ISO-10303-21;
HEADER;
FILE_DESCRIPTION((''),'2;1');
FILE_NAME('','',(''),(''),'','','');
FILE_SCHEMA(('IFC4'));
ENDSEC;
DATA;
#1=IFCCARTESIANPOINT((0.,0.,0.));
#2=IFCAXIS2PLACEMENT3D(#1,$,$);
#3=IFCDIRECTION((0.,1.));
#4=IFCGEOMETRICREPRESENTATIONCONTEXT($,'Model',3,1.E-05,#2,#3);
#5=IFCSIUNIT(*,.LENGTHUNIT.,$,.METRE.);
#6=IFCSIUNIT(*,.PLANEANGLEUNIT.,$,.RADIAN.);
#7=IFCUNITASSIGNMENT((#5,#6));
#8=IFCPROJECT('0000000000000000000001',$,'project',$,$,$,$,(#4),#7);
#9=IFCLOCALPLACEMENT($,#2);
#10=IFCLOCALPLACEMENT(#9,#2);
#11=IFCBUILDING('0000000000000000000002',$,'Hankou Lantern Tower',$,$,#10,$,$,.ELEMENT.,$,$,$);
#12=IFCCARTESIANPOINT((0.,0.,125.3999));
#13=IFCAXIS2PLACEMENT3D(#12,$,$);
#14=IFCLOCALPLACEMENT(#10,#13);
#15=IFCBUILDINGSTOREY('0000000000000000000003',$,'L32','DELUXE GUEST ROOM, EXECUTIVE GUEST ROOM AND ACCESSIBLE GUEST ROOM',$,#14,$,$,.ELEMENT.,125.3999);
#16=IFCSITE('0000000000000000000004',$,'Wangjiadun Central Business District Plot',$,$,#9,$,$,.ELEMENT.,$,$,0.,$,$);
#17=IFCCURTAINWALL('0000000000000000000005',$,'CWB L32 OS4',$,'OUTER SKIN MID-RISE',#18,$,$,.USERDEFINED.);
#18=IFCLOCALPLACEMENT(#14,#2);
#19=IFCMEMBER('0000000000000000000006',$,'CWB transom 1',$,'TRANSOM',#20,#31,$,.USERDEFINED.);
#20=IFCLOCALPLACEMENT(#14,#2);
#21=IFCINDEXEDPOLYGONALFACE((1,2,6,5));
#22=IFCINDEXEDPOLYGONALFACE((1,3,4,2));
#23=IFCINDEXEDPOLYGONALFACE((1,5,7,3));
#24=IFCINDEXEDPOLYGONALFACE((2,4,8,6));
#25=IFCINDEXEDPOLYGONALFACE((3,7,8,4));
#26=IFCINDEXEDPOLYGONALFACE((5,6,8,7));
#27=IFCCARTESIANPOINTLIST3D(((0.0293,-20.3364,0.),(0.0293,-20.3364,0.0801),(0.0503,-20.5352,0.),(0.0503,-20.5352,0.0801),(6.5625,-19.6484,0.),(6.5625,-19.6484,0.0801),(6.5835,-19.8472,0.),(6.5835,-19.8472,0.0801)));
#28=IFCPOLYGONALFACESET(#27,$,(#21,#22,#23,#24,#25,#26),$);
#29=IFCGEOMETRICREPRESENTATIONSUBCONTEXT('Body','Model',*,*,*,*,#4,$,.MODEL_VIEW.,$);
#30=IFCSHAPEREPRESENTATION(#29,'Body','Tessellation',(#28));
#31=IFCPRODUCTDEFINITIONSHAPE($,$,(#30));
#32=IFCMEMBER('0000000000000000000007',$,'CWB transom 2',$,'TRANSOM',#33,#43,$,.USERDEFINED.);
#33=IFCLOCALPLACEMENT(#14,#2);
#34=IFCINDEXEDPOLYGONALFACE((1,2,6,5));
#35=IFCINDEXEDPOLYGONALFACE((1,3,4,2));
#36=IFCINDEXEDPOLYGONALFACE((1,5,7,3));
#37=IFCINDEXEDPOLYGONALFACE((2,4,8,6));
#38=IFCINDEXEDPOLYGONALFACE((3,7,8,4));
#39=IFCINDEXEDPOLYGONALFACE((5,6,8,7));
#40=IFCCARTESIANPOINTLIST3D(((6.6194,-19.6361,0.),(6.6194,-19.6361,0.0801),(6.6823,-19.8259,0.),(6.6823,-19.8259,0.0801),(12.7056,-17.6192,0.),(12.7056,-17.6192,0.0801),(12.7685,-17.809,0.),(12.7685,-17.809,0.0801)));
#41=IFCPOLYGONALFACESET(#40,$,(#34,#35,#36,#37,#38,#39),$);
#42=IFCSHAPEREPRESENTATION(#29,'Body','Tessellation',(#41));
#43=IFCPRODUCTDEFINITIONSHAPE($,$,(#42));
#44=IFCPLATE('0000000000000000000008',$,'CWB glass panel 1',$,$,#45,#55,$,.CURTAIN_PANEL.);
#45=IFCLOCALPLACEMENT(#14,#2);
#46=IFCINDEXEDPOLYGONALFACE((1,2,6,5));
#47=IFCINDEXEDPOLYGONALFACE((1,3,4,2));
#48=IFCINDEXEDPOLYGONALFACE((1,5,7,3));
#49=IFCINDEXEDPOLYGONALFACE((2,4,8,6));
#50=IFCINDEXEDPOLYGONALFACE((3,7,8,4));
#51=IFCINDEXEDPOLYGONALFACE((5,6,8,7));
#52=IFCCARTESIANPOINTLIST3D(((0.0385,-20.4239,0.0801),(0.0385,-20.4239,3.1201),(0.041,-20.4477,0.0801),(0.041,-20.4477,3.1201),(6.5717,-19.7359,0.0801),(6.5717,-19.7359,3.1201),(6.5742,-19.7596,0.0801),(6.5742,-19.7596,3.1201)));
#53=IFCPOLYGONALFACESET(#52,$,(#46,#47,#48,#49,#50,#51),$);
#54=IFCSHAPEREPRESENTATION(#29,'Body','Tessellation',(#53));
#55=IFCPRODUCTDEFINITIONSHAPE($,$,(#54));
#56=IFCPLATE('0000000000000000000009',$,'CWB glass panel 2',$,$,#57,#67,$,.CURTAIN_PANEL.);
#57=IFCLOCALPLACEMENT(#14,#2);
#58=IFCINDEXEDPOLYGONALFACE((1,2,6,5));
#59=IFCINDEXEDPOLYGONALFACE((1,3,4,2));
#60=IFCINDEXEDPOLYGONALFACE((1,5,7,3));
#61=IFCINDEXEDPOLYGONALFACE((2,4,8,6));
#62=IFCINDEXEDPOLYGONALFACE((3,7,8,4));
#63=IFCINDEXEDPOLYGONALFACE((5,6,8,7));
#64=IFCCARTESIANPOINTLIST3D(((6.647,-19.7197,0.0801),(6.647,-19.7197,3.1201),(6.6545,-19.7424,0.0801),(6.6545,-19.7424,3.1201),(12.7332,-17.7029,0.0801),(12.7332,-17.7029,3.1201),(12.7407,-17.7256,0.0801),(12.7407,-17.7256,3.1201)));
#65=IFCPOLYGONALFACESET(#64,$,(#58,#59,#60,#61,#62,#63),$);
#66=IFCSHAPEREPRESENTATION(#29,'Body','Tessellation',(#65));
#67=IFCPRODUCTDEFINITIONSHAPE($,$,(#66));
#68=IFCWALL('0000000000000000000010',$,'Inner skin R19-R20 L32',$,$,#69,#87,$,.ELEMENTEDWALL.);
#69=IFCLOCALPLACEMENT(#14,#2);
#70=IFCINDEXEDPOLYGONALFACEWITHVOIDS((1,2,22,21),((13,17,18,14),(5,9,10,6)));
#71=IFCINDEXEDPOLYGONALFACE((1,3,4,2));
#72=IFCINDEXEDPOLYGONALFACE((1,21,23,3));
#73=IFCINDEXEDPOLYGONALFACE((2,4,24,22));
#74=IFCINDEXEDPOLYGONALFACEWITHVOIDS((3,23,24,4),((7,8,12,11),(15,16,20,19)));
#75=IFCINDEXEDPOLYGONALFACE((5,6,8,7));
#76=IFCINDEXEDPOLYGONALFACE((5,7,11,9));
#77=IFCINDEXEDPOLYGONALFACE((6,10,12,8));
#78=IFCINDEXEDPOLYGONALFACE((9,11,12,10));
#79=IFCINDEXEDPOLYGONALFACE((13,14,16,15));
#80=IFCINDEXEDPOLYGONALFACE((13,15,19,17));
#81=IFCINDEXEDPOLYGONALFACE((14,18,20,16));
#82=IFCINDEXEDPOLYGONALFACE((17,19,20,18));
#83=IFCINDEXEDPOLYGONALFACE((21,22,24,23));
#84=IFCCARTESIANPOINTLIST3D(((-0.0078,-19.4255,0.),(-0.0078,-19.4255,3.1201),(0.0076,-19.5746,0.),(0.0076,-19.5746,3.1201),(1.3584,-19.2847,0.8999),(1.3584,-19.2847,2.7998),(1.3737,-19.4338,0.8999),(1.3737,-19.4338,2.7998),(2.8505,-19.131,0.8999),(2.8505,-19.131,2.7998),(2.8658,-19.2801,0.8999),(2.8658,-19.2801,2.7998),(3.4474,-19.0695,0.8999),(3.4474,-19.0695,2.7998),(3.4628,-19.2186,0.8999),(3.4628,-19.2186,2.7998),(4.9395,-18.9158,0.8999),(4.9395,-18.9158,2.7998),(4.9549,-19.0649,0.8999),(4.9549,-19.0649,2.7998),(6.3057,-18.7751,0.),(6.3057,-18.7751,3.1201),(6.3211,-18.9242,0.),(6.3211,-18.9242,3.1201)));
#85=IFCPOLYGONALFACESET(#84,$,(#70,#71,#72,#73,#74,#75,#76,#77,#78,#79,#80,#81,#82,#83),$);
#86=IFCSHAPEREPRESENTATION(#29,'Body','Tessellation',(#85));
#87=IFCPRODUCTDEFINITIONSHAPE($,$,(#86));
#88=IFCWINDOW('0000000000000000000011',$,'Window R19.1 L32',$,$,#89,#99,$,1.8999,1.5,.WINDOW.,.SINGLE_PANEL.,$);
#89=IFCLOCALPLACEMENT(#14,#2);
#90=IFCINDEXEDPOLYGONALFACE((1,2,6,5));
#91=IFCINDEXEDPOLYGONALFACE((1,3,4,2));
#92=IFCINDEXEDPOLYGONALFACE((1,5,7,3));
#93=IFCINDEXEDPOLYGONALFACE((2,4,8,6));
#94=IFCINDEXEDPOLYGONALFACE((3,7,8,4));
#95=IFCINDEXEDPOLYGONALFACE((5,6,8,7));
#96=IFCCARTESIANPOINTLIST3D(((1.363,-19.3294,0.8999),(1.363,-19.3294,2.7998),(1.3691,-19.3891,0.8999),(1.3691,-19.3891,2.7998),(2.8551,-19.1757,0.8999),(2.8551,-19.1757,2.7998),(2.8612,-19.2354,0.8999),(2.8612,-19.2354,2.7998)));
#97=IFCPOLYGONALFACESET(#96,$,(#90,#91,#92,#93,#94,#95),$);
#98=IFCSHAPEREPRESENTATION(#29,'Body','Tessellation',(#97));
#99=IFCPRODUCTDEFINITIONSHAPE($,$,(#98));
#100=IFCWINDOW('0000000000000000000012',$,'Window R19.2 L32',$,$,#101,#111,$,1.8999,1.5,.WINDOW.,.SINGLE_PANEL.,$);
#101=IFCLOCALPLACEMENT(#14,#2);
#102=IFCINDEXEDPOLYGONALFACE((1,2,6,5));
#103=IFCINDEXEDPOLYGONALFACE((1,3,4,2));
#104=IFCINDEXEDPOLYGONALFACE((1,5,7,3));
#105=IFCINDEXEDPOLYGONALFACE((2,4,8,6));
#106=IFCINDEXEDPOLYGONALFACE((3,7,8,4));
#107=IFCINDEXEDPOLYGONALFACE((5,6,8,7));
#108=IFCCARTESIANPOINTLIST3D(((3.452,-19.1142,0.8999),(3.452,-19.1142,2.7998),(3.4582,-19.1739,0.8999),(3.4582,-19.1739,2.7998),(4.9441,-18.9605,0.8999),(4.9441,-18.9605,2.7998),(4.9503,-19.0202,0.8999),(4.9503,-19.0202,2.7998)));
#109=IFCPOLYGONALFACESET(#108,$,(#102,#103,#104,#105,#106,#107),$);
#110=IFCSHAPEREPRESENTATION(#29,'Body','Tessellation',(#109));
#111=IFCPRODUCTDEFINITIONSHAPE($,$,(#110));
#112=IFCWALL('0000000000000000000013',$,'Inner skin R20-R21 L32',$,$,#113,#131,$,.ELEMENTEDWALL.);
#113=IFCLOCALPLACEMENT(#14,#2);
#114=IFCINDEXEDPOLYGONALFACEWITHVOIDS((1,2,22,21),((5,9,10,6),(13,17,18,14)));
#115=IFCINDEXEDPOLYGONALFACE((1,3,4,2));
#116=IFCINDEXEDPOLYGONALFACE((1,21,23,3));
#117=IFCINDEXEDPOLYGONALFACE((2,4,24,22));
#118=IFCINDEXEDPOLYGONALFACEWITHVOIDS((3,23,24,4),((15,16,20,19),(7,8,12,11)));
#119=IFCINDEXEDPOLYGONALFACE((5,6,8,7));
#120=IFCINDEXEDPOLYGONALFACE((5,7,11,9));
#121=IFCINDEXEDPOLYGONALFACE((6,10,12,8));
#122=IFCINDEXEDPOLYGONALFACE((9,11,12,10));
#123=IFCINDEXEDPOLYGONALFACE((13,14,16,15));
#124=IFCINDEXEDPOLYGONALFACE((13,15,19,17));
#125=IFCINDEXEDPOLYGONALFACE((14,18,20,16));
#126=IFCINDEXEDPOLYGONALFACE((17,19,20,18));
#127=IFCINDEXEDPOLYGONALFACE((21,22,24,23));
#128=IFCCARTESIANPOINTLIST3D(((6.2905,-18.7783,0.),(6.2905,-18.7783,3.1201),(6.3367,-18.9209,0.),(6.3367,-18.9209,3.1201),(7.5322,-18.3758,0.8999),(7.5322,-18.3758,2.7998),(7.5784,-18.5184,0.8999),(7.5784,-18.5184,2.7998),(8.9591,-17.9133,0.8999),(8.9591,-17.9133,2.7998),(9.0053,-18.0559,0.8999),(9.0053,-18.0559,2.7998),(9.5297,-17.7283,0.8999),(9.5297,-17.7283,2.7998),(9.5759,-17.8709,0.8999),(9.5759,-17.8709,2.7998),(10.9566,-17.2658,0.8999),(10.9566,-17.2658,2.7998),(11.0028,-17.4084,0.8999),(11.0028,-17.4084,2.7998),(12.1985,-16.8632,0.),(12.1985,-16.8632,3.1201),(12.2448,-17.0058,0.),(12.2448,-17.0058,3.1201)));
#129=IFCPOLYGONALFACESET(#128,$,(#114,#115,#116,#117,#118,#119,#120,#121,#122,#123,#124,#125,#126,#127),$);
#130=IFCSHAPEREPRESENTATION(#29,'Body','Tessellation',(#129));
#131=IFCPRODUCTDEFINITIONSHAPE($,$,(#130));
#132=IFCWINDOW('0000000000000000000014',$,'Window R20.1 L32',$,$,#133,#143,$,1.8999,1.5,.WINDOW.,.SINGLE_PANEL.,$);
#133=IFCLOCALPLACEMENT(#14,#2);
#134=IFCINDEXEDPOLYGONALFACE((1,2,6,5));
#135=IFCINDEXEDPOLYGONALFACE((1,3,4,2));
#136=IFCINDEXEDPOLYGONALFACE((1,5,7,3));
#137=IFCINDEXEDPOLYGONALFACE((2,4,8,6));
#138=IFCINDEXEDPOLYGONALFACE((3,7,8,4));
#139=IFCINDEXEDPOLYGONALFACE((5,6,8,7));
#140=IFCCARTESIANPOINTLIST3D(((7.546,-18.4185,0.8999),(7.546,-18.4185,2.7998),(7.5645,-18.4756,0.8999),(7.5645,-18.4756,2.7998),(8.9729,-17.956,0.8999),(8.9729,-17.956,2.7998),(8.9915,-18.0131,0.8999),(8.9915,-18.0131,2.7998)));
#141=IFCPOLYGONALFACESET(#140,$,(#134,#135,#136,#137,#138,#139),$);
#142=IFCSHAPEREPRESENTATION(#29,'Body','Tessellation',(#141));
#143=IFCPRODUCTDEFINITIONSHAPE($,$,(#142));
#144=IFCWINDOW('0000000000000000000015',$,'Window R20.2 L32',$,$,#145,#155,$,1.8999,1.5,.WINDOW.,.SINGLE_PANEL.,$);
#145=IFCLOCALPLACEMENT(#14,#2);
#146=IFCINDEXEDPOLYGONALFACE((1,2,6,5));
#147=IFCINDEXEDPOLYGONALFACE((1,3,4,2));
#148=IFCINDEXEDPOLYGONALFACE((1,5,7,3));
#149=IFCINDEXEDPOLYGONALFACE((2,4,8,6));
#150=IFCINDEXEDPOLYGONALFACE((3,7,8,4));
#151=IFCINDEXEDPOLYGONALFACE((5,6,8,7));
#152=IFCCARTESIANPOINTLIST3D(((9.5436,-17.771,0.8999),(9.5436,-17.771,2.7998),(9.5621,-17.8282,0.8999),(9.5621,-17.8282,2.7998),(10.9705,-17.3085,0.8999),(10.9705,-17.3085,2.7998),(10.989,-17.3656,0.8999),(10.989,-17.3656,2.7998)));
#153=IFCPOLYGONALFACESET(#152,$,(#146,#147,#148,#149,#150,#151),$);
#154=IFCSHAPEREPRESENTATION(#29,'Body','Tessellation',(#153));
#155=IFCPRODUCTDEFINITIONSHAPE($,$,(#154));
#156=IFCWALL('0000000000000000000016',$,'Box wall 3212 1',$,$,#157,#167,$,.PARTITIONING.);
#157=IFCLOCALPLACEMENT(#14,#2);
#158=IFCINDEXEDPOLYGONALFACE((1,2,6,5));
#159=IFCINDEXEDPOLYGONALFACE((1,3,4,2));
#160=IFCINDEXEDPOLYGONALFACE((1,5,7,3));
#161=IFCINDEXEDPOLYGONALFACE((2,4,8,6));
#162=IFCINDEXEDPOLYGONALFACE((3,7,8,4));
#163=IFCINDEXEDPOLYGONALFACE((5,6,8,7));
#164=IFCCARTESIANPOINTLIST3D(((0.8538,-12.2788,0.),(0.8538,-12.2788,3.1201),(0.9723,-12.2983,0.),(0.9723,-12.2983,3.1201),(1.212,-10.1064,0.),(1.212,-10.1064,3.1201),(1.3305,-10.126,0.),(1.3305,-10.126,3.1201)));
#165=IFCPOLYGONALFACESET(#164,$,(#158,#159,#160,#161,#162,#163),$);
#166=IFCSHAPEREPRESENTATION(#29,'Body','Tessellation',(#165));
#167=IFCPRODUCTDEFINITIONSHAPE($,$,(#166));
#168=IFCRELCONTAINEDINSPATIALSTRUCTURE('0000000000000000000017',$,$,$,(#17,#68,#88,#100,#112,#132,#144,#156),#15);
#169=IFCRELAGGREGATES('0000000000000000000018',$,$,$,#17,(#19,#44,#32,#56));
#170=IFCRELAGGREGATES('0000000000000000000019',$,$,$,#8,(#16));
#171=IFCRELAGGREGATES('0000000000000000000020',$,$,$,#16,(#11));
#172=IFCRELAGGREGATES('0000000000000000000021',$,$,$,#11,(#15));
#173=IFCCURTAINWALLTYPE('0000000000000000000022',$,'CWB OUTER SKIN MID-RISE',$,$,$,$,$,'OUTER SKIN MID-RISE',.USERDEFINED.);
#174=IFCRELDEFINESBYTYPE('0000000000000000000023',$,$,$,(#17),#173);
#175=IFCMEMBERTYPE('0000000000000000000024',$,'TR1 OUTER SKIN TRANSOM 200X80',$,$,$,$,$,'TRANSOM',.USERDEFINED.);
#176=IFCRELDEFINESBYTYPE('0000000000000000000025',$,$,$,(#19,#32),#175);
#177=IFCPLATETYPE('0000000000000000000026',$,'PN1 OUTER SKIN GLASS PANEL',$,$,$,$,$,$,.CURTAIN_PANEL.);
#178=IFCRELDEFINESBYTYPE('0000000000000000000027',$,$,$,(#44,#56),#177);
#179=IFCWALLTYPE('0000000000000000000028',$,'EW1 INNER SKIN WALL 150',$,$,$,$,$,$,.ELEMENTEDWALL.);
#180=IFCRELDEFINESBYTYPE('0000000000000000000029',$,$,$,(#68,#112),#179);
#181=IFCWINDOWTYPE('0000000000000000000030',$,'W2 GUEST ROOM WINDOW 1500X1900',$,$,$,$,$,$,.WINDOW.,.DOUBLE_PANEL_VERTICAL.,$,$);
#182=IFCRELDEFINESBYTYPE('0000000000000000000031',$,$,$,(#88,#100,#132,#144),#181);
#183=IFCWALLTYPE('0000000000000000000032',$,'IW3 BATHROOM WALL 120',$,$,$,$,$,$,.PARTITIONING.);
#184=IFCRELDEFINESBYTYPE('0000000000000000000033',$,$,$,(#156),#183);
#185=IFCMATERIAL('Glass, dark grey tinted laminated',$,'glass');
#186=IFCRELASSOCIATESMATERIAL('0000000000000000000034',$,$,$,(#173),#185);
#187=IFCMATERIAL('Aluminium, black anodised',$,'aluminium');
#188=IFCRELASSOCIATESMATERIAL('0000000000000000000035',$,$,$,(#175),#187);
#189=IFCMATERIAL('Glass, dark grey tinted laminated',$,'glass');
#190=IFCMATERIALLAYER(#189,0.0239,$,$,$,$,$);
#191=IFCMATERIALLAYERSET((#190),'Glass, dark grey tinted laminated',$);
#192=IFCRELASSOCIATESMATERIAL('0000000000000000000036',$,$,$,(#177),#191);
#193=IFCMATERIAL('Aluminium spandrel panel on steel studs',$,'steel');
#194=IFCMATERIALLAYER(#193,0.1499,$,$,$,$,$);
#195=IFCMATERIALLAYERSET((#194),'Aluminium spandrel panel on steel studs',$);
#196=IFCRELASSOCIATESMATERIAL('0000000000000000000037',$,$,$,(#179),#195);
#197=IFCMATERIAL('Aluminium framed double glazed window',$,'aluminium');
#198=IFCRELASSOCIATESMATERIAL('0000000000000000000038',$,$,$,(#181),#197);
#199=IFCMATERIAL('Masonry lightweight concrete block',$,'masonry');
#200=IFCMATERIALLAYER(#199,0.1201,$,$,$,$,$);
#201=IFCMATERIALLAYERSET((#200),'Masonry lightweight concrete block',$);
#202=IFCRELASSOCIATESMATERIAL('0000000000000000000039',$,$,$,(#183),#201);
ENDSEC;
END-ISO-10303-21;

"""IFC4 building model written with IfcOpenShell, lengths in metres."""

from ifc_helpers import new_model, si_unit, direction, frame, frame_2d, origin, origin_2d, place, context, subcontext, project, spatial, rectangle, extrude, material, layer, layer_set, material_profile, profile_set, type_object, element, fill, aggregate, save


model = new_model("IFC4")

# Units and contexts
model_context = context("Model", 3, precision=1e-05, world=origin(), true_north=direction((0.0, 1.0)))
body_context = subcontext(model_context, "Body", "Model", "MODEL_VIEW")
ifc_project = project(units=[si_unit("LENGTHUNIT", "METRE"), si_unit("PLANEANGLEUNIT", "RADIAN")], contexts=[model_context])

# Site, building, storey
site_placement = place(None, origin())
site = spatial("IfcSite", under=ifc_project, at=site_placement, Name="Wangjiadun Central Business District Plot", CompositionType="ELEMENT", RefElevation=0.0)
building_placement = place(site_placement, origin())
building = spatial("IfcBuilding", under=site, at=building_placement, Name="Hankou Lantern Tower", CompositionType="ELEMENT")
storey_placement = place(building_placement, frame((0.0, 0.0, 125.3999)))
storey = spatial("IfcBuildingStorey", under=building, at=storey_placement, Name="L32", Description="DELUXE GUEST ROOM, EXECUTIVE GUEST ROOM AND ACCESSIBLE GUEST ROOM", CompositionType="ELEMENT", Elevation=125.3999)

# Curtain wall
ifc_material_1 = material(Name="Glass, dark grey tinted laminated", Category="glass")
curtain_wall_type = type_object("IfcCurtainWallType", Name="CWB OUTER SKIN MID-RISE", ElementType="OUTER SKIN MID-RISE", PredefinedType="USERDEFINED", material=ifc_material_1)
curtain_wall_placement = place(storey_placement, origin())
curtain_wall = element("IfcCurtainWall", 1, at=curtain_wall_placement, inside=storey, type_object=curtain_wall_type, Name="CWB L32 OS4", ObjectType="OUTER SKIN MID-RISE", PredefinedType="USERDEFINED")

# Members
ifc_material_2 = material(Name="Aluminium, black anodised", Category="aluminium")
ifc_material_profile_1 = material_profile(ifc_material_2, rectangle(XDim=0.2, YDim=0.0801, at=origin_2d()), Name="TR1 200X80")
ifc_profile_set_1 = profile_set([ifc_material_profile_1], Name="Aluminium, black anodised")
member_type_1 = type_object("IfcMemberType", Name="TR1 OUTER SKIN TRANSOM 200X80", ElementType="TRANSOM", PredefinedType="USERDEFINED", material=ifc_profile_set_1)
member_1_placement = place(storey_placement, frame((0.0398, -20.4358, 0.04), z_axis=(0.994501, 0.104727, 0.0), x_axis=(-0.104727, 0.994501, 0.0)))
member_1 = element("IfcMember", 2, at=member_1_placement, type_object=member_type_1, Name="CWB transom 1", ObjectType="TRANSOM", PredefinedType="USERDEFINED", context=body_context, shape_type="SweptSolid", body=[
    extrude(rectangle(XDim=0.2, YDim=0.0801, at=origin_2d()), origin(), (0.0, 0.0, 1.0), 6.5693),
])
member_2_placement = place(storey_placement, frame((6.6509, -19.731, 0.04), z_axis=(0.949238, 0.314559, 0.0), x_axis=(-0.314559, 0.949238, 0.0)))
member_2 = element("IfcMember", 3, at=member_2_placement, type_object=member_type_1, Name="CWB transom 2", ObjectType="TRANSOM", PredefinedType="USERDEFINED", context=body_context, shape_type="SweptSolid", body=[
    extrude(rectangle(XDim=0.2, YDim=0.0801, at=origin_2d()), origin(), (0.0, 0.0, 1.0), 6.4116),
])

# Plates
ifc_material_3 = material(Name="Glass, dark grey tinted laminated", Category="glass")
ifc_layer_1 = layer(ifc_material_3, 0.0239)
ifc_layer_set_1 = layer_set([ifc_layer_1], Name="Glass, dark grey tinted laminated")
plate_type = type_object("IfcPlateType", Name="PN1 OUTER SKIN GLASS PANEL", PredefinedType="CURTAIN_PANEL", material=ifc_layer_set_1)
plate_1_placement = place(storey_placement, frame((3.3064, -20.0918, 0.0801), z_axis=(0.0, 0.0, 1.0), x_axis=(0.994499, 0.104743, 0.0)))
plate_1 = element("IfcPlate", 4, at=plate_1_placement, type_object=plate_type, Name="CWB glass panel 1", PredefinedType="CURTAIN_PANEL", context=body_context, shape_type="SweptSolid", body=[
    extrude(rectangle(XDim=6.5693, YDim=0.0239, at=origin_2d()), origin(), (0.0, 0.0, 1.0), 3.04),
])
plate_2_placement = place(storey_placement, frame((9.6938, -18.7227, 0.0801), z_axis=(0.0, 0.0, 1.0), x_axis=(0.949241, 0.314551, 0.0)))
plate_2 = element("IfcPlate", 5, at=plate_2_placement, type_object=plate_type, Name="CWB glass panel 2", PredefinedType="CURTAIN_PANEL", context=body_context, shape_type="SweptSolid", body=[
    extrude(rectangle(XDim=6.4116, YDim=0.0239, at=origin_2d()), origin(), (0.0, 0.0, 1.0), 3.04),
])
aggregate(curtain_wall, [member_1, plate_1, member_2, plate_2])

# Walls, openings, windows
ifc_material_4 = material(Name="Aluminium spandrel panel on steel studs", Category="steel")
ifc_layer_2 = layer(ifc_material_4, 0.1499)
ifc_layer_set_2 = layer_set([ifc_layer_2], Name="Aluminium spandrel panel on steel studs")
wall_type_1 = type_object("IfcWallType", Name="EW1 INNER SKIN WALL 150", PredefinedType="ELEMENTEDWALL", material=ifc_layer_set_2)
wall_1_placement = place(storey_placement, frame((0.0, -19.5, 0.0), z_axis=(0.0, 0.0, 1.0), x_axis=(0.994736, 0.102474, 0.0)))
wall_1 = element("IfcWall", 6, at=wall_1_placement, inside=storey, type_object=wall_type_1, Name="Inner skin R19-R20 L32", PredefinedType="ELEMENTEDWALL", context=body_context, shape_type="SweptSolid", body=[
    extrude(rectangle(XDim=6.3469, YDim=0.1499, at=frame_2d((3.1733, 0.0))), origin(), (0.0, 0.0, 1.0), 3.1201),
])
opening_1_placement = place(wall_1_placement, frame((1.3733, 0.0, 0.8999)))
opening_1 = element("IfcOpeningElement", 7, at=opening_1_placement, cuts=wall_1, PredefinedType="OPENING", context=body_context, shape_type="SweptSolid", body=[
    extrude(rectangle(XDim=1.5, YDim=1.8999, at=frame_2d((0.75, 0.95))), frame((0.0, 0.085, 0.0), z_axis=(0.0, -1.0, 0.0), x_axis=(1.0, 0.0, 0.0)), (0.0, 0.0, 1.0), 0.1699),
])
opening_2_placement = place(wall_1_placement, frame((3.4734, 0.0, 0.8999)))
opening_2 = element("IfcOpeningElement", 8, at=opening_2_placement, cuts=wall_1, PredefinedType="OPENING", context=body_context, shape_type="SweptSolid", body=[
    extrude(rectangle(XDim=1.5, YDim=1.8999, at=frame_2d((0.75, 0.95))), frame((0.0, 0.085, 0.0), z_axis=(0.0, -1.0, 0.0), x_axis=(1.0, 0.0, 0.0)), (0.0, 0.0, 1.0), 0.1699),
])
ifc_material_5 = material(Name="Aluminium framed double glazed window", Category="aluminium")
window_type = type_object("IfcWindowType", Name="W2 GUEST ROOM WINDOW 1500X1900", PartitioningType="DOUBLE_PANEL_VERTICAL", PredefinedType="WINDOW", material=ifc_material_5)
window_1_placement = place(opening_1_placement, origin())
window_1 = element("IfcWindow", 9, at=window_1_placement, inside=storey, type_object=window_type, Name="Window R19.1 L32", OverallHeight=1.8999, OverallWidth=1.5, PartitioningType="SINGLE_PANEL", PredefinedType="WINDOW", context=body_context, shape_type="SweptSolid", body=[
    extrude(rectangle(XDim=1.5, YDim=1.8999, at=frame_2d((0.75, 0.95))), frame((0.0, 0.03, 0.0), z_axis=(0.0, -1.0, 0.0), x_axis=(1.0, 0.0, 0.0)), (0.0, 0.0, 1.0), 0.0601),
])
fill(opening_1, window_1)
window_2_placement = place(opening_2_placement, origin())
window_2 = element("IfcWindow", 10, at=window_2_placement, inside=storey, type_object=window_type, Name="Window R19.2 L32", OverallHeight=1.8999, OverallWidth=1.5, PartitioningType="SINGLE_PANEL", PredefinedType="WINDOW", context=body_context, shape_type="SweptSolid", body=[
    extrude(rectangle(XDim=1.5, YDim=1.8999, at=frame_2d((0.75, 0.95))), frame((0.0, 0.03, 0.0), z_axis=(0.0, -1.0, 0.0), x_axis=(1.0, 0.0, 0.0)), (0.0, 0.0, 1.0), 0.0601),
])
fill(opening_2, window_2)
wall_2_placement = place(storey_placement, frame((6.3135, -18.8496, 0.0), z_axis=(0.0, 0.0, 1.0), x_axis=(0.951273, 0.308351, 0.0)))
wall_2 = element("IfcWall", 11, at=wall_2_placement, inside=storey, type_object=wall_type_1, Name="Inner skin R20-R21 L32", PredefinedType="ELEMENTEDWALL", context=body_context, shape_type="SweptSolid", body=[
    extrude(rectangle(XDim=6.2107, YDim=0.1499, at=frame_2d((3.1055, 0.0))), origin(), (0.0, 0.0, 1.0), 3.1201),
])
opening_3_placement = place(wall_2_placement, frame((1.3054, 0.0, 0.8999)))
opening_3 = element("IfcOpeningElement", 12, at=opening_3_placement, cuts=wall_2, PredefinedType="OPENING", context=body_context, shape_type="SweptSolid", body=[
    extrude(rectangle(XDim=1.5, YDim=1.8999, at=frame_2d((0.75, 0.95))), frame((0.0, 0.085, 0.0), z_axis=(0.0, -1.0, 0.0), x_axis=(1.0, 0.0, 0.0)), (0.0, 0.0, 1.0), 0.1699),
])
opening_4_placement = place(wall_2_placement, frame((3.4053, 0.0, 0.8999)))
opening_4 = element("IfcOpeningElement", 13, at=opening_4_placement, cuts=wall_2, PredefinedType="OPENING", context=body_context, shape_type="SweptSolid", body=[
    extrude(rectangle(XDim=1.5, YDim=1.8999, at=frame_2d((0.75, 0.95))), frame((0.0, 0.085, 0.0), z_axis=(0.0, -1.0, 0.0), x_axis=(1.0, 0.0, 0.0)), (0.0, 0.0, 1.0), 0.1699),
])
window_3_placement = place(opening_3_placement, origin())
window_3 = element("IfcWindow", 14, at=window_3_placement, inside=storey, type_object=window_type, Name="Window R20.1 L32", OverallHeight=1.8999, OverallWidth=1.5, PartitioningType="SINGLE_PANEL", PredefinedType="WINDOW", context=body_context, shape_type="SweptSolid", body=[
    extrude(rectangle(XDim=1.5, YDim=1.8999, at=frame_2d((0.75, 0.95))), frame((0.0, 0.03, 0.0), z_axis=(0.0, -1.0, 0.0), x_axis=(1.0, 0.0, 0.0)), (0.0, 0.0, 1.0), 0.0601),
])
fill(opening_3, window_3)
window_4_placement = place(opening_4_placement, origin())
window_4 = element("IfcWindow", 15, at=window_4_placement, inside=storey, type_object=window_type, Name="Window R20.2 L32", OverallHeight=1.8999, OverallWidth=1.5, PartitioningType="SINGLE_PANEL", PredefinedType="WINDOW", context=body_context, shape_type="SweptSolid", body=[
    extrude(rectangle(XDim=1.5, YDim=1.8999, at=frame_2d((0.75, 0.95))), frame((0.0, 0.03, 0.0), z_axis=(0.0, -1.0, 0.0), x_axis=(1.0, 0.0, 0.0)), (0.0, 0.0, 1.0), 0.0601),
])
fill(opening_4, window_4)

# Wall
ifc_material_6 = material(Name="Masonry lightweight concrete block", Category="masonry")
ifc_layer_3 = layer(ifc_material_6, 0.1201)
ifc_layer_set_3 = layer_set([ifc_layer_3], Name="Masonry lightweight concrete block")
wall_type_2 = type_object("IfcWallType", Name="IW3 BATHROOM WALL 120", PredefinedType="PARTITIONING", material=ifc_layer_set_3)
wall_3_placement = place(storey_placement, frame((1.2712, -10.1162, 0.0), z_axis=(0.0, 0.0, 1.0), x_axis=(-0.162672, -0.98668, 0.0)))
element("IfcWall", 16, at=wall_3_placement, inside=storey, type_object=wall_type_2, Name="Box wall 3212 1", PredefinedType="PARTITIONING", context=body_context, shape_type="SweptSolid", body=[
    extrude(rectangle(XDim=2.2017, YDim=0.1201, at=frame_2d((1.1008, 0.0))), origin(), (0.0, 0.0, 1.0), 3.1201),
])

save(model, "model.ifc")
